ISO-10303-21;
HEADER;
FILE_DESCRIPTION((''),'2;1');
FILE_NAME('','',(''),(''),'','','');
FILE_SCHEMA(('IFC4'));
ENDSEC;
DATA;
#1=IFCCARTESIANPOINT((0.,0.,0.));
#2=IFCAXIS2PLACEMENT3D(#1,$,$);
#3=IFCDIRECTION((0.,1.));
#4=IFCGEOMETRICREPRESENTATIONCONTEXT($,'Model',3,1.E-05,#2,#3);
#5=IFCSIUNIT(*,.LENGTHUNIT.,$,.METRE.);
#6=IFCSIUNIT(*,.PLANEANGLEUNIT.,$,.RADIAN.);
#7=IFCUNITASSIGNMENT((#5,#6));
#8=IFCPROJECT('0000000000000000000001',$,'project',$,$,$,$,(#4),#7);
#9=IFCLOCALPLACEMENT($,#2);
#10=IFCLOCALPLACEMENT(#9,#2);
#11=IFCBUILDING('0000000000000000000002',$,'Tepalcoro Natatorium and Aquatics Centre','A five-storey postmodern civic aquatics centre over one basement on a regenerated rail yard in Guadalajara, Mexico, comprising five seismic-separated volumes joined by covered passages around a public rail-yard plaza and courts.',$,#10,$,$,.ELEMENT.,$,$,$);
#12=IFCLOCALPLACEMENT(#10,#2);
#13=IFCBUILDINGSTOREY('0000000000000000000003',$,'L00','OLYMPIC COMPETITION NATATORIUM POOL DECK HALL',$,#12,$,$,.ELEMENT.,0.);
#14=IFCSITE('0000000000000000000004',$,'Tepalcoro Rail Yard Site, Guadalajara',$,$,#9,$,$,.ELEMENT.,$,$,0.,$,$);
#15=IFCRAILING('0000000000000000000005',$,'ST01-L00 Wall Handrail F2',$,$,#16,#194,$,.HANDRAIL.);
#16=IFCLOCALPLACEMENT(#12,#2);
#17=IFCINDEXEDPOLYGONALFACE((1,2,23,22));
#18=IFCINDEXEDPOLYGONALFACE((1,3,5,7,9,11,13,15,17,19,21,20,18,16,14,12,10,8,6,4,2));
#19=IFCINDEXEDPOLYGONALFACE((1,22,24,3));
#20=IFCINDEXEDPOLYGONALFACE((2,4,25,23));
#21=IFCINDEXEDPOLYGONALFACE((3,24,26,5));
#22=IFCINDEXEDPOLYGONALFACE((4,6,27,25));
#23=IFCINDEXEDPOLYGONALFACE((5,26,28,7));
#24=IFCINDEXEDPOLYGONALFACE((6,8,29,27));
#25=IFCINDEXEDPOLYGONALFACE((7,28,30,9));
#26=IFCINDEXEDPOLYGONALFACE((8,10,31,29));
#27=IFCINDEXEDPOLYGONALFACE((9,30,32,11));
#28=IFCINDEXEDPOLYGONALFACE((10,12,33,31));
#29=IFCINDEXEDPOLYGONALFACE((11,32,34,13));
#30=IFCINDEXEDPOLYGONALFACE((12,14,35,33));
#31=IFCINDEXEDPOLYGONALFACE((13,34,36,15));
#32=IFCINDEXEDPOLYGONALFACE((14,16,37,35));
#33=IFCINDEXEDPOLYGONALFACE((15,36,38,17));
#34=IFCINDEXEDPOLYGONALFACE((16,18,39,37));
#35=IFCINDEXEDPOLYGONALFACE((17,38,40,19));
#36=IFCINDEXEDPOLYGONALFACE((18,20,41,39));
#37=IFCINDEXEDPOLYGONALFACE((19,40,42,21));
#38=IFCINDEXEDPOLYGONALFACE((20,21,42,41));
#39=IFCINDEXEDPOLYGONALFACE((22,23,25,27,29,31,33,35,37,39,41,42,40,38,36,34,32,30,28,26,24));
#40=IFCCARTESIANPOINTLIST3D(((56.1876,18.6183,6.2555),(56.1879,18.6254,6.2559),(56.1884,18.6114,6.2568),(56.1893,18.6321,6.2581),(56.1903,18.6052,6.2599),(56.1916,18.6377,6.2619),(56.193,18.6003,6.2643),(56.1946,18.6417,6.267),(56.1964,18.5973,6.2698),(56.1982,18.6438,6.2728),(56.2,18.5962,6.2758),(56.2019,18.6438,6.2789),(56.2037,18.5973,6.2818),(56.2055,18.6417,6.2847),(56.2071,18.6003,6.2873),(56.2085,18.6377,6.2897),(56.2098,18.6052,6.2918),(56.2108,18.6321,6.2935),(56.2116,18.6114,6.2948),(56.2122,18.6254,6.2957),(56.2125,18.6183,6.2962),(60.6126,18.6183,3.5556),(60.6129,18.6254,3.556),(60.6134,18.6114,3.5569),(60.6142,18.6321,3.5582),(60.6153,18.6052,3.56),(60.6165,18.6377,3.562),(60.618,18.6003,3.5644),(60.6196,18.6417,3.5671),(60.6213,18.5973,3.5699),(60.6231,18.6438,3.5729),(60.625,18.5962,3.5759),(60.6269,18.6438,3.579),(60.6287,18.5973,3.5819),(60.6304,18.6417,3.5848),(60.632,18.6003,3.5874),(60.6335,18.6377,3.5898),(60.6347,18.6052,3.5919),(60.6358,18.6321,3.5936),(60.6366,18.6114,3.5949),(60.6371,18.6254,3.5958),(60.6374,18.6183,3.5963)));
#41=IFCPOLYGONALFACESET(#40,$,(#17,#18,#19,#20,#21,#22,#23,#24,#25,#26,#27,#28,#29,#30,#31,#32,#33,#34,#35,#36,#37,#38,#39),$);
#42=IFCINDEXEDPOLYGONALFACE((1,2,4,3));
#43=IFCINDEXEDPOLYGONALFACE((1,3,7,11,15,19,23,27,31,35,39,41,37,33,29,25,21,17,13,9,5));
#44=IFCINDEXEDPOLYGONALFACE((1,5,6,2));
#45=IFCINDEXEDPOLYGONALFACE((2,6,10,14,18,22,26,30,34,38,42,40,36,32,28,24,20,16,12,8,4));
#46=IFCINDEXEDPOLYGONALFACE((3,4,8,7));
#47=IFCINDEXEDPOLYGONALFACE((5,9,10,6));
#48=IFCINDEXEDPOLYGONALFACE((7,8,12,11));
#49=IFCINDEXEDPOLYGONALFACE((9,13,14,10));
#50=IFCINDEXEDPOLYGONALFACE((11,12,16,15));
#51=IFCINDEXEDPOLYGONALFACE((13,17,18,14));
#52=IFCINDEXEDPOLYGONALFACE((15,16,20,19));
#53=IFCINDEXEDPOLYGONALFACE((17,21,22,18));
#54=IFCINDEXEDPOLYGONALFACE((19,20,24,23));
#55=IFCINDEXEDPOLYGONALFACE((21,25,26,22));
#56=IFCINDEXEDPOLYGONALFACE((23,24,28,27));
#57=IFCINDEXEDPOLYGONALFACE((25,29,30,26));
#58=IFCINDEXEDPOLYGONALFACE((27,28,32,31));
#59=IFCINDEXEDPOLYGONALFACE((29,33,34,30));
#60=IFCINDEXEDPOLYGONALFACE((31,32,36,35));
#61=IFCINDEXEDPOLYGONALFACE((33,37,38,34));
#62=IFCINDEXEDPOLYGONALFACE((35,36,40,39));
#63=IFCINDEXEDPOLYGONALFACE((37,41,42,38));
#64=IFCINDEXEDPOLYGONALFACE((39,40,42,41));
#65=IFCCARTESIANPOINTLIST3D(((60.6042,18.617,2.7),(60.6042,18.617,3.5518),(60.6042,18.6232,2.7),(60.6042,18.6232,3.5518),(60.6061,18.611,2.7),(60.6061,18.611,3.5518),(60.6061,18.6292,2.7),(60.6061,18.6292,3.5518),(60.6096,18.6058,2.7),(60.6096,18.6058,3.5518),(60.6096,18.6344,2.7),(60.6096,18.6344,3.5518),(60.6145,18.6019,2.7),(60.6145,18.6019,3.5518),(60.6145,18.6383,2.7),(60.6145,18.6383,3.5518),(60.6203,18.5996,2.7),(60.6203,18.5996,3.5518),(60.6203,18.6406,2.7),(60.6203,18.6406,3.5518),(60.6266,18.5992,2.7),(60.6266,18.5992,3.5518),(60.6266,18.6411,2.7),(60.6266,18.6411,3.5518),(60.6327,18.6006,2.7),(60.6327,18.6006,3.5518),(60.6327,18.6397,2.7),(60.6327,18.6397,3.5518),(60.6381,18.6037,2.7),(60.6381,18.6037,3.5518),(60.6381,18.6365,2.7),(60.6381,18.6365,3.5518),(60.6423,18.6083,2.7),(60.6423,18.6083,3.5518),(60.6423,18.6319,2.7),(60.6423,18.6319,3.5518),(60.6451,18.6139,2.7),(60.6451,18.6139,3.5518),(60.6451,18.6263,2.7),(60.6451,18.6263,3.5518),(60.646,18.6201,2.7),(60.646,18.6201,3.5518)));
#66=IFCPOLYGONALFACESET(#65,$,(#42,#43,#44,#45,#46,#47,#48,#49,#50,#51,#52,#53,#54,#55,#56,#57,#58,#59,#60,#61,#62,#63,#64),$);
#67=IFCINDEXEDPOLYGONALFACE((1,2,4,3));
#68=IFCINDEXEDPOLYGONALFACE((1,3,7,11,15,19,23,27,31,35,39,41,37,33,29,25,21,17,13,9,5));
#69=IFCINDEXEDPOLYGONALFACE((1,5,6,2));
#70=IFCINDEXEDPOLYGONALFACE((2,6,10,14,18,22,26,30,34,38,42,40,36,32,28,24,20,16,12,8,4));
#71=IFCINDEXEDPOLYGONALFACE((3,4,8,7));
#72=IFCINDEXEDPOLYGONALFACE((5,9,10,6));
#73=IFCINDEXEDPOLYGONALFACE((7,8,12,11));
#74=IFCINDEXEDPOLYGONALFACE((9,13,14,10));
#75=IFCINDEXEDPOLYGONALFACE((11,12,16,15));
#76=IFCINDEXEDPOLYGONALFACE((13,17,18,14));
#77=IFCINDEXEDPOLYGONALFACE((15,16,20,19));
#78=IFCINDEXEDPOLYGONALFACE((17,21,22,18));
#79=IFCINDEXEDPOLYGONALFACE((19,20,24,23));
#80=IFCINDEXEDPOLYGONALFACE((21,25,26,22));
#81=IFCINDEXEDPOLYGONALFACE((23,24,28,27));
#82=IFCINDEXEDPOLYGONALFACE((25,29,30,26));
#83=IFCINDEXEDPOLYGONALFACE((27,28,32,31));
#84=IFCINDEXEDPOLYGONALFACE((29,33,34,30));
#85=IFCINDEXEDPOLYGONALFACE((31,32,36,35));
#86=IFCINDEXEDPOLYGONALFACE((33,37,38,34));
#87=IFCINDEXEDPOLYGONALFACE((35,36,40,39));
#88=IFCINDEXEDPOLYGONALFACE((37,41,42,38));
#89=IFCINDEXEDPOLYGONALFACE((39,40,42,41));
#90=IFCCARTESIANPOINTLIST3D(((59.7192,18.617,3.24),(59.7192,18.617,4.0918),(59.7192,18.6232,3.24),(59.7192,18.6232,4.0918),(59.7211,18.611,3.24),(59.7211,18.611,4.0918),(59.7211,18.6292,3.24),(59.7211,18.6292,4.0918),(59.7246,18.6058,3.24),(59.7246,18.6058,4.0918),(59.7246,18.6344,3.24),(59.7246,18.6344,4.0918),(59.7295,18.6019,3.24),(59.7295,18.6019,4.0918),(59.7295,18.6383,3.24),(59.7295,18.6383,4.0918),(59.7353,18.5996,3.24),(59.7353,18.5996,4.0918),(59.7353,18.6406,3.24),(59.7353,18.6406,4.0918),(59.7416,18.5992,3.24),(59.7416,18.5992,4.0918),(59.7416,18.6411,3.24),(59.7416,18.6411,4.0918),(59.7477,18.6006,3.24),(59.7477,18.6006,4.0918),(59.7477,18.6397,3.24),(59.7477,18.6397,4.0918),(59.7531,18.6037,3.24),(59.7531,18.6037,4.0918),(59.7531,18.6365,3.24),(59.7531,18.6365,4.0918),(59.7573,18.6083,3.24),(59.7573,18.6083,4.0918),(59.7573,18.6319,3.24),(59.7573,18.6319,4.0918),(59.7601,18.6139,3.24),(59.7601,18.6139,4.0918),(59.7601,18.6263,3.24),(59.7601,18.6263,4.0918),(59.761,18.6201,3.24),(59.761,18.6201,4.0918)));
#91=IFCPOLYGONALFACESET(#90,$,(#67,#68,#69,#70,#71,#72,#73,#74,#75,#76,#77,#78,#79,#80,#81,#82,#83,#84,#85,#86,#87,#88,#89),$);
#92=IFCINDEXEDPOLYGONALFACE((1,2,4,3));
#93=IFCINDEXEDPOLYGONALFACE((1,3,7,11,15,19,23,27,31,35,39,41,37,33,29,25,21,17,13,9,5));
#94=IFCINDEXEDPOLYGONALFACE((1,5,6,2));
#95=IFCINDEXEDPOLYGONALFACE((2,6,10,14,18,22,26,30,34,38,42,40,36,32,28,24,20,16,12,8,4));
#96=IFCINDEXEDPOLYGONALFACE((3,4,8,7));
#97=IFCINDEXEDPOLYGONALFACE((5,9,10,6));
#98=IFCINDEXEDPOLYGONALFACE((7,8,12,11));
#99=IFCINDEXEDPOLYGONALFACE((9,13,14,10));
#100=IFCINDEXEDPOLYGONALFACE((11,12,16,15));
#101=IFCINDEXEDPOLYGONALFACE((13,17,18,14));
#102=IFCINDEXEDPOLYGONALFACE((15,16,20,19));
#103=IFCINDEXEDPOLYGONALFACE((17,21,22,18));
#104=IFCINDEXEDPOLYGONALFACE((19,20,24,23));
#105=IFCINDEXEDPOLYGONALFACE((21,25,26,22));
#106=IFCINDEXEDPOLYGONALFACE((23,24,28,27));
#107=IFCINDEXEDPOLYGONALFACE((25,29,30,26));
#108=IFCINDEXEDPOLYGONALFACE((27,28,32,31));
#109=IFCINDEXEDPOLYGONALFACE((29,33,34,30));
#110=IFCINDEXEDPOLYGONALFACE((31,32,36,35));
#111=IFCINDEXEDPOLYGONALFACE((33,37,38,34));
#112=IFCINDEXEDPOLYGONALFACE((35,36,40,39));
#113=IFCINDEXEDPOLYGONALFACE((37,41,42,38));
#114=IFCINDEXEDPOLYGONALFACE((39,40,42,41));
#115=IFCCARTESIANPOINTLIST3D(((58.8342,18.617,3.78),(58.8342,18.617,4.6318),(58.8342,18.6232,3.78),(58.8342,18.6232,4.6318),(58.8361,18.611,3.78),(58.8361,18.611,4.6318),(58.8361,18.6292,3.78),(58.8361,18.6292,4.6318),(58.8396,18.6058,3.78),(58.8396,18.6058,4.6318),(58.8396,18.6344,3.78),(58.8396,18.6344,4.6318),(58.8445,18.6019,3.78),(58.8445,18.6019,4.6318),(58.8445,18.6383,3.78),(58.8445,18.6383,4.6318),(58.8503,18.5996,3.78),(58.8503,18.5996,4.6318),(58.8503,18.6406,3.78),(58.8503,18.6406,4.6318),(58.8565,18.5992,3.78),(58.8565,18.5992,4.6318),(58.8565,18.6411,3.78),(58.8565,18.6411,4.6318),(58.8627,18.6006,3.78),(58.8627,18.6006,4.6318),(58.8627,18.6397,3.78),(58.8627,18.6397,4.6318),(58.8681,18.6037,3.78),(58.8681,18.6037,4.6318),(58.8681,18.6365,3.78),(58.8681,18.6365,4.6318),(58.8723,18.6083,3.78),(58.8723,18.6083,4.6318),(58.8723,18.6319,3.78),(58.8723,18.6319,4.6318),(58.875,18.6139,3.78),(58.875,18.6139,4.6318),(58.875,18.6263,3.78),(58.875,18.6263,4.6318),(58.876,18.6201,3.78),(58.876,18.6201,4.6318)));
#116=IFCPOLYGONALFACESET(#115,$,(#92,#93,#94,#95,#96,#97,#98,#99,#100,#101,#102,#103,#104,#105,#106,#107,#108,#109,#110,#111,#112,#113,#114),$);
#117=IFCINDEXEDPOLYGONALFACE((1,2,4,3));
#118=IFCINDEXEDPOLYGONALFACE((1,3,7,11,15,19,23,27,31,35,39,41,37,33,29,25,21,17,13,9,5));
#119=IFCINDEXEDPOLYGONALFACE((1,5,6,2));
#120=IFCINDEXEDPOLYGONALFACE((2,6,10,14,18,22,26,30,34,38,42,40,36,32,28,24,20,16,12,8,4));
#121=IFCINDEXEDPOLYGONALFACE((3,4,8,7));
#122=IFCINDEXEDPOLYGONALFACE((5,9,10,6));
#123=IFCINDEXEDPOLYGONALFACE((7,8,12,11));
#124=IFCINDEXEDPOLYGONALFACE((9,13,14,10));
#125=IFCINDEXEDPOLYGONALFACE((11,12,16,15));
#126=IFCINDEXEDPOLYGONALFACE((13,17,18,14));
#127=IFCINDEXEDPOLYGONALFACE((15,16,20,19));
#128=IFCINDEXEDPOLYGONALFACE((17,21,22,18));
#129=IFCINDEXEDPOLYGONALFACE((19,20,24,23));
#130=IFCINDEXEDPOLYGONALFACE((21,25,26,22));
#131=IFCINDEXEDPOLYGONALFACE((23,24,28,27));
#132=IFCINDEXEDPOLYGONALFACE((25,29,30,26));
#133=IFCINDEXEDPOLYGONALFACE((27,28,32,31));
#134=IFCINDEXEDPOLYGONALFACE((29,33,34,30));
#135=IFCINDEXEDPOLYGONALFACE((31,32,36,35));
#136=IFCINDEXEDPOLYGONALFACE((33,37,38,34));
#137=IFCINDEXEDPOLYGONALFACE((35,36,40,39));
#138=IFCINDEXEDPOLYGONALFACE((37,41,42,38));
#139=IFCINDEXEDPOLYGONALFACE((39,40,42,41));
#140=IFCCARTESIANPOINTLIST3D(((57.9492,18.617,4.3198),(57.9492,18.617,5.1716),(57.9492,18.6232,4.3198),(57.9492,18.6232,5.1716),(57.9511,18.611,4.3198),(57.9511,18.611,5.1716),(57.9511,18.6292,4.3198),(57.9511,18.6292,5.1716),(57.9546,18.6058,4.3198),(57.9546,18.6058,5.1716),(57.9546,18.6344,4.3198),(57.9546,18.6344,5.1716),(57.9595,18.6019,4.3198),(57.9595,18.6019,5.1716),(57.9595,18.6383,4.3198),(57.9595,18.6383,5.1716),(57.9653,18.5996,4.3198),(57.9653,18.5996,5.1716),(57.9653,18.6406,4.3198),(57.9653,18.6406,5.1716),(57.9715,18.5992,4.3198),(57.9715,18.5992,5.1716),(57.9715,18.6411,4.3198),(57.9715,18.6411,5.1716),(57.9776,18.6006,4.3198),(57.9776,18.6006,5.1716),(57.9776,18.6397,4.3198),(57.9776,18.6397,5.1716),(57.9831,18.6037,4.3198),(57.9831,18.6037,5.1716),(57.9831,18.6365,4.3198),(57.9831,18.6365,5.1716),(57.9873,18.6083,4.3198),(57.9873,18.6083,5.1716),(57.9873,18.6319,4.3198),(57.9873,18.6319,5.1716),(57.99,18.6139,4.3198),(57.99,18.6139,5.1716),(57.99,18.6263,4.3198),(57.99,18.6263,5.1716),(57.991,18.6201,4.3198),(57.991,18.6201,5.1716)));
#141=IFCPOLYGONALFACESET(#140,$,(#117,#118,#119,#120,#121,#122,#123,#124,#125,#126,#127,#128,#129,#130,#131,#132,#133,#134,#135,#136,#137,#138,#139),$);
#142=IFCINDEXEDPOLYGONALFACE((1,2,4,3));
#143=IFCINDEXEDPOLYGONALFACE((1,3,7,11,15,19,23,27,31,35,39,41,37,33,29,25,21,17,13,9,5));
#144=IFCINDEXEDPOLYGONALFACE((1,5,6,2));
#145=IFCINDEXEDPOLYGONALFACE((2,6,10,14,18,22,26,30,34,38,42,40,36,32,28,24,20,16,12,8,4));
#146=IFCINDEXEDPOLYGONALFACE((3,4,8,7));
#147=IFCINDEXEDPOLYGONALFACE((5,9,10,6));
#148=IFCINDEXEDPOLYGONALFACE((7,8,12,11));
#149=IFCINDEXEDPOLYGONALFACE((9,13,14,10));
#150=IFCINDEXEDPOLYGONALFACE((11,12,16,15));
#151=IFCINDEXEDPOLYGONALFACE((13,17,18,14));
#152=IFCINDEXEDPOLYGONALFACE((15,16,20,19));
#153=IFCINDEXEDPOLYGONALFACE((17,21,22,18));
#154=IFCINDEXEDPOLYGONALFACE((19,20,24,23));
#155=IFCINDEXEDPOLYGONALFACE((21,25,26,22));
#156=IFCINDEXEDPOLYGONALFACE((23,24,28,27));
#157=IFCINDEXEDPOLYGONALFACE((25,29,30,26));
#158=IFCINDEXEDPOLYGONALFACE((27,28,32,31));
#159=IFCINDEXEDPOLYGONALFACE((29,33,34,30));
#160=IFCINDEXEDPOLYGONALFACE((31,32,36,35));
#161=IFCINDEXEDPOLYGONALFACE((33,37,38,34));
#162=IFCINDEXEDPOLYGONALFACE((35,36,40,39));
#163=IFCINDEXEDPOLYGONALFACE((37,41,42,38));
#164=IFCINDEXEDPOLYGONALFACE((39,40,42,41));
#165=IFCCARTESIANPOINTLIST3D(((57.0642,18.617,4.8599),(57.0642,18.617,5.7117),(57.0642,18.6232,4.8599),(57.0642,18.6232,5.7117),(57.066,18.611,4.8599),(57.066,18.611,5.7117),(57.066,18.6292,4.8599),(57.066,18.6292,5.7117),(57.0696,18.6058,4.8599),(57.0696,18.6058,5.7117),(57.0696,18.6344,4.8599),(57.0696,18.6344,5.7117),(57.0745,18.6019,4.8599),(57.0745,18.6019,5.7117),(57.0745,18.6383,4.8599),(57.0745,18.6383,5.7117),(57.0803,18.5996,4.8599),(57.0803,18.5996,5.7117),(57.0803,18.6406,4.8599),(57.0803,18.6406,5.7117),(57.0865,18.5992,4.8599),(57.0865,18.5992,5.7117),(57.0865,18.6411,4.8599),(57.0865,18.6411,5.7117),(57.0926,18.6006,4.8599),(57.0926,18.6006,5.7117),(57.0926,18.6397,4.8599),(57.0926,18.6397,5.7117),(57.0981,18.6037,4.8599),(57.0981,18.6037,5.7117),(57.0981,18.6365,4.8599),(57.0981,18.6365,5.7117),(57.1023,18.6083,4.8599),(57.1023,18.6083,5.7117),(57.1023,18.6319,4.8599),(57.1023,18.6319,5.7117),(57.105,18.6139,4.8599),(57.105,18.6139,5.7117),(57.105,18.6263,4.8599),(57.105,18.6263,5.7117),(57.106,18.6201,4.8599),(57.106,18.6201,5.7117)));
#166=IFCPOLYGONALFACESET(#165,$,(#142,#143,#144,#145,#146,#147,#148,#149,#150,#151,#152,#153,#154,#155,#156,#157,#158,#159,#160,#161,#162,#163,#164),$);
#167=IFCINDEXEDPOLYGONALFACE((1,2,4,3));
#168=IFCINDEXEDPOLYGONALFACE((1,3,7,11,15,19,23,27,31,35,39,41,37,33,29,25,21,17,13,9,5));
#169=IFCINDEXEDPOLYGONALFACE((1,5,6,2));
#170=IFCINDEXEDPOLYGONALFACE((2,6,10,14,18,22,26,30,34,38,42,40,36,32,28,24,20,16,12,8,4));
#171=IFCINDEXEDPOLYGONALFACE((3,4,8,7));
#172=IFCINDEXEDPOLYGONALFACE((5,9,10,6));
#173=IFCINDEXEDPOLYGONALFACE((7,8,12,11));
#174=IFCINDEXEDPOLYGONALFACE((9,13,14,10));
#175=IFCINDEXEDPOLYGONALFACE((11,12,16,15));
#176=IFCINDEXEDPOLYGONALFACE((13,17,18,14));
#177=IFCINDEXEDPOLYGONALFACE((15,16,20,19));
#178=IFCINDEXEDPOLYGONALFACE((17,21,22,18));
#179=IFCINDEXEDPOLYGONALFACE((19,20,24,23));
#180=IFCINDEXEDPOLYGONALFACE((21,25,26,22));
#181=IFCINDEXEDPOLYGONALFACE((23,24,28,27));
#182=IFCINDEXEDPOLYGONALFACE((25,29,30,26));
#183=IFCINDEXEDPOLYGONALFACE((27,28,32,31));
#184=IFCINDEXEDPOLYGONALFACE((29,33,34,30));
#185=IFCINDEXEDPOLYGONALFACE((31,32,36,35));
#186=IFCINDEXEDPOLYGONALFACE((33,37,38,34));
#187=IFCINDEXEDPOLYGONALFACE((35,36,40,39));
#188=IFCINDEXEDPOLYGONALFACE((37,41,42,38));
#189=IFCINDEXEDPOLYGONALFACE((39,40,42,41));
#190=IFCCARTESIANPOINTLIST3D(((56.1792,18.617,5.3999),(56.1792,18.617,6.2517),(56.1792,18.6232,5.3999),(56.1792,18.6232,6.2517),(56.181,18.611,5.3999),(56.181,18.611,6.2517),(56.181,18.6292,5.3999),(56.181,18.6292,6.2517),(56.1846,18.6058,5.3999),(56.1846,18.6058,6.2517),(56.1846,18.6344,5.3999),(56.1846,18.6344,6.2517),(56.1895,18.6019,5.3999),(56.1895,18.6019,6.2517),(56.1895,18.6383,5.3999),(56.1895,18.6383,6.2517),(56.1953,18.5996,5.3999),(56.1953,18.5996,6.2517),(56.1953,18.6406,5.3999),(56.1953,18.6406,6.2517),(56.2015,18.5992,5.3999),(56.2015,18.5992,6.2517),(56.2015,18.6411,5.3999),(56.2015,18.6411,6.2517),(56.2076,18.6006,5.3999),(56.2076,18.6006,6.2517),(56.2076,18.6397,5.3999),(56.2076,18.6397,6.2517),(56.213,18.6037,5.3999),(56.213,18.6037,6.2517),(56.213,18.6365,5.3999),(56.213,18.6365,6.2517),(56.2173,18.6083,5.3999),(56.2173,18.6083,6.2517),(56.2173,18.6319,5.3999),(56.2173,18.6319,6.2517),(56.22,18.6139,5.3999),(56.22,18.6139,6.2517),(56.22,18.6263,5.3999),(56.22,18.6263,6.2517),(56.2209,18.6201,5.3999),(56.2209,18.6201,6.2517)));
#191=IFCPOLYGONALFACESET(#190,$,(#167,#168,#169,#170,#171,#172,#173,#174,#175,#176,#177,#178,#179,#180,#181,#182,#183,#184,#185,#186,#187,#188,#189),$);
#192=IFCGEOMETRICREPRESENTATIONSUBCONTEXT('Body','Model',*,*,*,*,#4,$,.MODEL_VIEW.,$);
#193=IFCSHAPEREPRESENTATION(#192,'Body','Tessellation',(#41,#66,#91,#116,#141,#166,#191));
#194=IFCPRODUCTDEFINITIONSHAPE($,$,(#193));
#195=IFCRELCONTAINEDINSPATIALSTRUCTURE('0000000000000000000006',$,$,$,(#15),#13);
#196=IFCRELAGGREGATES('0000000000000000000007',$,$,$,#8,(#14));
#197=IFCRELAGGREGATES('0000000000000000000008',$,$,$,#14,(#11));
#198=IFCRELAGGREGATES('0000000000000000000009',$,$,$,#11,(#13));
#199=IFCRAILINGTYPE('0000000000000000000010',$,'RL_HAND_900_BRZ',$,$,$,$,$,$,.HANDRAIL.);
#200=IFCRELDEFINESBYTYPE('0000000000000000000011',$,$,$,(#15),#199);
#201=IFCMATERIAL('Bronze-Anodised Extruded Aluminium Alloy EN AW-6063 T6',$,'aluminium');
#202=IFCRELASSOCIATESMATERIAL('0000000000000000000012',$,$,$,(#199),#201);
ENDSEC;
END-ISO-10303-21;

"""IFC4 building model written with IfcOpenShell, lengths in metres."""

from ifc_helpers import new_model, si_unit, direction, frame, origin, origin_2d, place, context, subcontext, project, spatial, circle, extrude, material, type_object, element, save


model = new_model("IFC4")

# Units and contexts
model_context = context("Model", 3, precision=1e-05, world=origin(), true_north=direction((0.0, 1.0)))
body_context = subcontext(model_context, "Body", "Model", "MODEL_VIEW")
ifc_project = project(units=[si_unit("LENGTHUNIT", "METRE"), si_unit("PLANEANGLEUNIT", "RADIAN")], contexts=[model_context])

# Site, building, storey
site_placement = place(None, origin())
site = spatial("IfcSite", under=ifc_project, at=site_placement, Name="Tepalcoro Rail Yard Site, Guadalajara", CompositionType="ELEMENT", RefElevation=0.0)
building_placement = place(site_placement, origin())
building = spatial("IfcBuilding", under=site, at=building_placement, Name="Tepalcoro Natatorium and Aquatics Centre", Description="A five-storey postmodern civic aquatics centre over one basement on a regenerated rail yard in Guadalajara, Mexico, comprising five seismic-separated volumes joined by covered passages around a public rail-yard plaza and courts.", CompositionType="ELEMENT")
storey_placement = place(building_placement, origin())
storey = spatial("IfcBuildingStorey", under=building, at=storey_placement, Name="L00", Description="OLYMPIC COMPETITION NATATORIUM POOL DECK HALL", CompositionType="ELEMENT", Elevation=0.0)

# Railing
ifc_material_1 = material(Name="Bronze-Anodised Extruded Aluminium Alloy EN AW-6063 T6", Category="aluminium")
railing_type_1 = type_object("IfcRailingType", Name="RL_HAND_900_BRZ", PredefinedType="HANDRAIL", material=ifc_material_1)
railing_1_placement = place(storey_placement, frame((60.625, 18.6201, 2.7)))
element("IfcRailing", 1, at=railing_1_placement, inside=storey, type_object=railing_type_1, Name="ST01-L00 Wall Handrail F2", PredefinedType="HANDRAIL", context=body_context, shape_type="SweptSolid", body=[
    extrude(circle(Radius=0.0239, at=origin_2d()), frame((0.0, 0.0, 0.876), z_axis=(-0.853646, 0.0, 0.520854), x_axis=(0.0, -1.0, 0.0)), (0.0, 0.0, 1.0), 5.1836),
    extrude(circle(Radius=0.021, at=origin_2d()), origin(), (0.0, 0.0, 1.0), 0.8518),
    extrude(circle(Radius=0.021, at=origin_2d()), frame((-0.885, 0.0, 0.54)), (0.0, 0.0, 1.0), 0.8518),
    extrude(circle(Radius=0.021, at=origin_2d()), frame((-1.77, 0.0, 1.0801)), (0.0, 0.0, 1.0), 0.8518),
    extrude(circle(Radius=0.021, at=origin_2d()), frame((-2.655, 0.0, 1.6199)), (0.0, 0.0, 1.0), 0.8518),
    extrude(circle(Radius=0.021, at=origin_2d()), frame((-3.54, 0.0, 2.1599)), (0.0, 0.0, 1.0), 0.8518),
    extrude(circle(Radius=0.021, at=origin_2d()), frame((-4.425, 0.0, 2.7)), (0.0, 0.0, 1.0), 0.8518),
])

save(model, "model.ifc")
